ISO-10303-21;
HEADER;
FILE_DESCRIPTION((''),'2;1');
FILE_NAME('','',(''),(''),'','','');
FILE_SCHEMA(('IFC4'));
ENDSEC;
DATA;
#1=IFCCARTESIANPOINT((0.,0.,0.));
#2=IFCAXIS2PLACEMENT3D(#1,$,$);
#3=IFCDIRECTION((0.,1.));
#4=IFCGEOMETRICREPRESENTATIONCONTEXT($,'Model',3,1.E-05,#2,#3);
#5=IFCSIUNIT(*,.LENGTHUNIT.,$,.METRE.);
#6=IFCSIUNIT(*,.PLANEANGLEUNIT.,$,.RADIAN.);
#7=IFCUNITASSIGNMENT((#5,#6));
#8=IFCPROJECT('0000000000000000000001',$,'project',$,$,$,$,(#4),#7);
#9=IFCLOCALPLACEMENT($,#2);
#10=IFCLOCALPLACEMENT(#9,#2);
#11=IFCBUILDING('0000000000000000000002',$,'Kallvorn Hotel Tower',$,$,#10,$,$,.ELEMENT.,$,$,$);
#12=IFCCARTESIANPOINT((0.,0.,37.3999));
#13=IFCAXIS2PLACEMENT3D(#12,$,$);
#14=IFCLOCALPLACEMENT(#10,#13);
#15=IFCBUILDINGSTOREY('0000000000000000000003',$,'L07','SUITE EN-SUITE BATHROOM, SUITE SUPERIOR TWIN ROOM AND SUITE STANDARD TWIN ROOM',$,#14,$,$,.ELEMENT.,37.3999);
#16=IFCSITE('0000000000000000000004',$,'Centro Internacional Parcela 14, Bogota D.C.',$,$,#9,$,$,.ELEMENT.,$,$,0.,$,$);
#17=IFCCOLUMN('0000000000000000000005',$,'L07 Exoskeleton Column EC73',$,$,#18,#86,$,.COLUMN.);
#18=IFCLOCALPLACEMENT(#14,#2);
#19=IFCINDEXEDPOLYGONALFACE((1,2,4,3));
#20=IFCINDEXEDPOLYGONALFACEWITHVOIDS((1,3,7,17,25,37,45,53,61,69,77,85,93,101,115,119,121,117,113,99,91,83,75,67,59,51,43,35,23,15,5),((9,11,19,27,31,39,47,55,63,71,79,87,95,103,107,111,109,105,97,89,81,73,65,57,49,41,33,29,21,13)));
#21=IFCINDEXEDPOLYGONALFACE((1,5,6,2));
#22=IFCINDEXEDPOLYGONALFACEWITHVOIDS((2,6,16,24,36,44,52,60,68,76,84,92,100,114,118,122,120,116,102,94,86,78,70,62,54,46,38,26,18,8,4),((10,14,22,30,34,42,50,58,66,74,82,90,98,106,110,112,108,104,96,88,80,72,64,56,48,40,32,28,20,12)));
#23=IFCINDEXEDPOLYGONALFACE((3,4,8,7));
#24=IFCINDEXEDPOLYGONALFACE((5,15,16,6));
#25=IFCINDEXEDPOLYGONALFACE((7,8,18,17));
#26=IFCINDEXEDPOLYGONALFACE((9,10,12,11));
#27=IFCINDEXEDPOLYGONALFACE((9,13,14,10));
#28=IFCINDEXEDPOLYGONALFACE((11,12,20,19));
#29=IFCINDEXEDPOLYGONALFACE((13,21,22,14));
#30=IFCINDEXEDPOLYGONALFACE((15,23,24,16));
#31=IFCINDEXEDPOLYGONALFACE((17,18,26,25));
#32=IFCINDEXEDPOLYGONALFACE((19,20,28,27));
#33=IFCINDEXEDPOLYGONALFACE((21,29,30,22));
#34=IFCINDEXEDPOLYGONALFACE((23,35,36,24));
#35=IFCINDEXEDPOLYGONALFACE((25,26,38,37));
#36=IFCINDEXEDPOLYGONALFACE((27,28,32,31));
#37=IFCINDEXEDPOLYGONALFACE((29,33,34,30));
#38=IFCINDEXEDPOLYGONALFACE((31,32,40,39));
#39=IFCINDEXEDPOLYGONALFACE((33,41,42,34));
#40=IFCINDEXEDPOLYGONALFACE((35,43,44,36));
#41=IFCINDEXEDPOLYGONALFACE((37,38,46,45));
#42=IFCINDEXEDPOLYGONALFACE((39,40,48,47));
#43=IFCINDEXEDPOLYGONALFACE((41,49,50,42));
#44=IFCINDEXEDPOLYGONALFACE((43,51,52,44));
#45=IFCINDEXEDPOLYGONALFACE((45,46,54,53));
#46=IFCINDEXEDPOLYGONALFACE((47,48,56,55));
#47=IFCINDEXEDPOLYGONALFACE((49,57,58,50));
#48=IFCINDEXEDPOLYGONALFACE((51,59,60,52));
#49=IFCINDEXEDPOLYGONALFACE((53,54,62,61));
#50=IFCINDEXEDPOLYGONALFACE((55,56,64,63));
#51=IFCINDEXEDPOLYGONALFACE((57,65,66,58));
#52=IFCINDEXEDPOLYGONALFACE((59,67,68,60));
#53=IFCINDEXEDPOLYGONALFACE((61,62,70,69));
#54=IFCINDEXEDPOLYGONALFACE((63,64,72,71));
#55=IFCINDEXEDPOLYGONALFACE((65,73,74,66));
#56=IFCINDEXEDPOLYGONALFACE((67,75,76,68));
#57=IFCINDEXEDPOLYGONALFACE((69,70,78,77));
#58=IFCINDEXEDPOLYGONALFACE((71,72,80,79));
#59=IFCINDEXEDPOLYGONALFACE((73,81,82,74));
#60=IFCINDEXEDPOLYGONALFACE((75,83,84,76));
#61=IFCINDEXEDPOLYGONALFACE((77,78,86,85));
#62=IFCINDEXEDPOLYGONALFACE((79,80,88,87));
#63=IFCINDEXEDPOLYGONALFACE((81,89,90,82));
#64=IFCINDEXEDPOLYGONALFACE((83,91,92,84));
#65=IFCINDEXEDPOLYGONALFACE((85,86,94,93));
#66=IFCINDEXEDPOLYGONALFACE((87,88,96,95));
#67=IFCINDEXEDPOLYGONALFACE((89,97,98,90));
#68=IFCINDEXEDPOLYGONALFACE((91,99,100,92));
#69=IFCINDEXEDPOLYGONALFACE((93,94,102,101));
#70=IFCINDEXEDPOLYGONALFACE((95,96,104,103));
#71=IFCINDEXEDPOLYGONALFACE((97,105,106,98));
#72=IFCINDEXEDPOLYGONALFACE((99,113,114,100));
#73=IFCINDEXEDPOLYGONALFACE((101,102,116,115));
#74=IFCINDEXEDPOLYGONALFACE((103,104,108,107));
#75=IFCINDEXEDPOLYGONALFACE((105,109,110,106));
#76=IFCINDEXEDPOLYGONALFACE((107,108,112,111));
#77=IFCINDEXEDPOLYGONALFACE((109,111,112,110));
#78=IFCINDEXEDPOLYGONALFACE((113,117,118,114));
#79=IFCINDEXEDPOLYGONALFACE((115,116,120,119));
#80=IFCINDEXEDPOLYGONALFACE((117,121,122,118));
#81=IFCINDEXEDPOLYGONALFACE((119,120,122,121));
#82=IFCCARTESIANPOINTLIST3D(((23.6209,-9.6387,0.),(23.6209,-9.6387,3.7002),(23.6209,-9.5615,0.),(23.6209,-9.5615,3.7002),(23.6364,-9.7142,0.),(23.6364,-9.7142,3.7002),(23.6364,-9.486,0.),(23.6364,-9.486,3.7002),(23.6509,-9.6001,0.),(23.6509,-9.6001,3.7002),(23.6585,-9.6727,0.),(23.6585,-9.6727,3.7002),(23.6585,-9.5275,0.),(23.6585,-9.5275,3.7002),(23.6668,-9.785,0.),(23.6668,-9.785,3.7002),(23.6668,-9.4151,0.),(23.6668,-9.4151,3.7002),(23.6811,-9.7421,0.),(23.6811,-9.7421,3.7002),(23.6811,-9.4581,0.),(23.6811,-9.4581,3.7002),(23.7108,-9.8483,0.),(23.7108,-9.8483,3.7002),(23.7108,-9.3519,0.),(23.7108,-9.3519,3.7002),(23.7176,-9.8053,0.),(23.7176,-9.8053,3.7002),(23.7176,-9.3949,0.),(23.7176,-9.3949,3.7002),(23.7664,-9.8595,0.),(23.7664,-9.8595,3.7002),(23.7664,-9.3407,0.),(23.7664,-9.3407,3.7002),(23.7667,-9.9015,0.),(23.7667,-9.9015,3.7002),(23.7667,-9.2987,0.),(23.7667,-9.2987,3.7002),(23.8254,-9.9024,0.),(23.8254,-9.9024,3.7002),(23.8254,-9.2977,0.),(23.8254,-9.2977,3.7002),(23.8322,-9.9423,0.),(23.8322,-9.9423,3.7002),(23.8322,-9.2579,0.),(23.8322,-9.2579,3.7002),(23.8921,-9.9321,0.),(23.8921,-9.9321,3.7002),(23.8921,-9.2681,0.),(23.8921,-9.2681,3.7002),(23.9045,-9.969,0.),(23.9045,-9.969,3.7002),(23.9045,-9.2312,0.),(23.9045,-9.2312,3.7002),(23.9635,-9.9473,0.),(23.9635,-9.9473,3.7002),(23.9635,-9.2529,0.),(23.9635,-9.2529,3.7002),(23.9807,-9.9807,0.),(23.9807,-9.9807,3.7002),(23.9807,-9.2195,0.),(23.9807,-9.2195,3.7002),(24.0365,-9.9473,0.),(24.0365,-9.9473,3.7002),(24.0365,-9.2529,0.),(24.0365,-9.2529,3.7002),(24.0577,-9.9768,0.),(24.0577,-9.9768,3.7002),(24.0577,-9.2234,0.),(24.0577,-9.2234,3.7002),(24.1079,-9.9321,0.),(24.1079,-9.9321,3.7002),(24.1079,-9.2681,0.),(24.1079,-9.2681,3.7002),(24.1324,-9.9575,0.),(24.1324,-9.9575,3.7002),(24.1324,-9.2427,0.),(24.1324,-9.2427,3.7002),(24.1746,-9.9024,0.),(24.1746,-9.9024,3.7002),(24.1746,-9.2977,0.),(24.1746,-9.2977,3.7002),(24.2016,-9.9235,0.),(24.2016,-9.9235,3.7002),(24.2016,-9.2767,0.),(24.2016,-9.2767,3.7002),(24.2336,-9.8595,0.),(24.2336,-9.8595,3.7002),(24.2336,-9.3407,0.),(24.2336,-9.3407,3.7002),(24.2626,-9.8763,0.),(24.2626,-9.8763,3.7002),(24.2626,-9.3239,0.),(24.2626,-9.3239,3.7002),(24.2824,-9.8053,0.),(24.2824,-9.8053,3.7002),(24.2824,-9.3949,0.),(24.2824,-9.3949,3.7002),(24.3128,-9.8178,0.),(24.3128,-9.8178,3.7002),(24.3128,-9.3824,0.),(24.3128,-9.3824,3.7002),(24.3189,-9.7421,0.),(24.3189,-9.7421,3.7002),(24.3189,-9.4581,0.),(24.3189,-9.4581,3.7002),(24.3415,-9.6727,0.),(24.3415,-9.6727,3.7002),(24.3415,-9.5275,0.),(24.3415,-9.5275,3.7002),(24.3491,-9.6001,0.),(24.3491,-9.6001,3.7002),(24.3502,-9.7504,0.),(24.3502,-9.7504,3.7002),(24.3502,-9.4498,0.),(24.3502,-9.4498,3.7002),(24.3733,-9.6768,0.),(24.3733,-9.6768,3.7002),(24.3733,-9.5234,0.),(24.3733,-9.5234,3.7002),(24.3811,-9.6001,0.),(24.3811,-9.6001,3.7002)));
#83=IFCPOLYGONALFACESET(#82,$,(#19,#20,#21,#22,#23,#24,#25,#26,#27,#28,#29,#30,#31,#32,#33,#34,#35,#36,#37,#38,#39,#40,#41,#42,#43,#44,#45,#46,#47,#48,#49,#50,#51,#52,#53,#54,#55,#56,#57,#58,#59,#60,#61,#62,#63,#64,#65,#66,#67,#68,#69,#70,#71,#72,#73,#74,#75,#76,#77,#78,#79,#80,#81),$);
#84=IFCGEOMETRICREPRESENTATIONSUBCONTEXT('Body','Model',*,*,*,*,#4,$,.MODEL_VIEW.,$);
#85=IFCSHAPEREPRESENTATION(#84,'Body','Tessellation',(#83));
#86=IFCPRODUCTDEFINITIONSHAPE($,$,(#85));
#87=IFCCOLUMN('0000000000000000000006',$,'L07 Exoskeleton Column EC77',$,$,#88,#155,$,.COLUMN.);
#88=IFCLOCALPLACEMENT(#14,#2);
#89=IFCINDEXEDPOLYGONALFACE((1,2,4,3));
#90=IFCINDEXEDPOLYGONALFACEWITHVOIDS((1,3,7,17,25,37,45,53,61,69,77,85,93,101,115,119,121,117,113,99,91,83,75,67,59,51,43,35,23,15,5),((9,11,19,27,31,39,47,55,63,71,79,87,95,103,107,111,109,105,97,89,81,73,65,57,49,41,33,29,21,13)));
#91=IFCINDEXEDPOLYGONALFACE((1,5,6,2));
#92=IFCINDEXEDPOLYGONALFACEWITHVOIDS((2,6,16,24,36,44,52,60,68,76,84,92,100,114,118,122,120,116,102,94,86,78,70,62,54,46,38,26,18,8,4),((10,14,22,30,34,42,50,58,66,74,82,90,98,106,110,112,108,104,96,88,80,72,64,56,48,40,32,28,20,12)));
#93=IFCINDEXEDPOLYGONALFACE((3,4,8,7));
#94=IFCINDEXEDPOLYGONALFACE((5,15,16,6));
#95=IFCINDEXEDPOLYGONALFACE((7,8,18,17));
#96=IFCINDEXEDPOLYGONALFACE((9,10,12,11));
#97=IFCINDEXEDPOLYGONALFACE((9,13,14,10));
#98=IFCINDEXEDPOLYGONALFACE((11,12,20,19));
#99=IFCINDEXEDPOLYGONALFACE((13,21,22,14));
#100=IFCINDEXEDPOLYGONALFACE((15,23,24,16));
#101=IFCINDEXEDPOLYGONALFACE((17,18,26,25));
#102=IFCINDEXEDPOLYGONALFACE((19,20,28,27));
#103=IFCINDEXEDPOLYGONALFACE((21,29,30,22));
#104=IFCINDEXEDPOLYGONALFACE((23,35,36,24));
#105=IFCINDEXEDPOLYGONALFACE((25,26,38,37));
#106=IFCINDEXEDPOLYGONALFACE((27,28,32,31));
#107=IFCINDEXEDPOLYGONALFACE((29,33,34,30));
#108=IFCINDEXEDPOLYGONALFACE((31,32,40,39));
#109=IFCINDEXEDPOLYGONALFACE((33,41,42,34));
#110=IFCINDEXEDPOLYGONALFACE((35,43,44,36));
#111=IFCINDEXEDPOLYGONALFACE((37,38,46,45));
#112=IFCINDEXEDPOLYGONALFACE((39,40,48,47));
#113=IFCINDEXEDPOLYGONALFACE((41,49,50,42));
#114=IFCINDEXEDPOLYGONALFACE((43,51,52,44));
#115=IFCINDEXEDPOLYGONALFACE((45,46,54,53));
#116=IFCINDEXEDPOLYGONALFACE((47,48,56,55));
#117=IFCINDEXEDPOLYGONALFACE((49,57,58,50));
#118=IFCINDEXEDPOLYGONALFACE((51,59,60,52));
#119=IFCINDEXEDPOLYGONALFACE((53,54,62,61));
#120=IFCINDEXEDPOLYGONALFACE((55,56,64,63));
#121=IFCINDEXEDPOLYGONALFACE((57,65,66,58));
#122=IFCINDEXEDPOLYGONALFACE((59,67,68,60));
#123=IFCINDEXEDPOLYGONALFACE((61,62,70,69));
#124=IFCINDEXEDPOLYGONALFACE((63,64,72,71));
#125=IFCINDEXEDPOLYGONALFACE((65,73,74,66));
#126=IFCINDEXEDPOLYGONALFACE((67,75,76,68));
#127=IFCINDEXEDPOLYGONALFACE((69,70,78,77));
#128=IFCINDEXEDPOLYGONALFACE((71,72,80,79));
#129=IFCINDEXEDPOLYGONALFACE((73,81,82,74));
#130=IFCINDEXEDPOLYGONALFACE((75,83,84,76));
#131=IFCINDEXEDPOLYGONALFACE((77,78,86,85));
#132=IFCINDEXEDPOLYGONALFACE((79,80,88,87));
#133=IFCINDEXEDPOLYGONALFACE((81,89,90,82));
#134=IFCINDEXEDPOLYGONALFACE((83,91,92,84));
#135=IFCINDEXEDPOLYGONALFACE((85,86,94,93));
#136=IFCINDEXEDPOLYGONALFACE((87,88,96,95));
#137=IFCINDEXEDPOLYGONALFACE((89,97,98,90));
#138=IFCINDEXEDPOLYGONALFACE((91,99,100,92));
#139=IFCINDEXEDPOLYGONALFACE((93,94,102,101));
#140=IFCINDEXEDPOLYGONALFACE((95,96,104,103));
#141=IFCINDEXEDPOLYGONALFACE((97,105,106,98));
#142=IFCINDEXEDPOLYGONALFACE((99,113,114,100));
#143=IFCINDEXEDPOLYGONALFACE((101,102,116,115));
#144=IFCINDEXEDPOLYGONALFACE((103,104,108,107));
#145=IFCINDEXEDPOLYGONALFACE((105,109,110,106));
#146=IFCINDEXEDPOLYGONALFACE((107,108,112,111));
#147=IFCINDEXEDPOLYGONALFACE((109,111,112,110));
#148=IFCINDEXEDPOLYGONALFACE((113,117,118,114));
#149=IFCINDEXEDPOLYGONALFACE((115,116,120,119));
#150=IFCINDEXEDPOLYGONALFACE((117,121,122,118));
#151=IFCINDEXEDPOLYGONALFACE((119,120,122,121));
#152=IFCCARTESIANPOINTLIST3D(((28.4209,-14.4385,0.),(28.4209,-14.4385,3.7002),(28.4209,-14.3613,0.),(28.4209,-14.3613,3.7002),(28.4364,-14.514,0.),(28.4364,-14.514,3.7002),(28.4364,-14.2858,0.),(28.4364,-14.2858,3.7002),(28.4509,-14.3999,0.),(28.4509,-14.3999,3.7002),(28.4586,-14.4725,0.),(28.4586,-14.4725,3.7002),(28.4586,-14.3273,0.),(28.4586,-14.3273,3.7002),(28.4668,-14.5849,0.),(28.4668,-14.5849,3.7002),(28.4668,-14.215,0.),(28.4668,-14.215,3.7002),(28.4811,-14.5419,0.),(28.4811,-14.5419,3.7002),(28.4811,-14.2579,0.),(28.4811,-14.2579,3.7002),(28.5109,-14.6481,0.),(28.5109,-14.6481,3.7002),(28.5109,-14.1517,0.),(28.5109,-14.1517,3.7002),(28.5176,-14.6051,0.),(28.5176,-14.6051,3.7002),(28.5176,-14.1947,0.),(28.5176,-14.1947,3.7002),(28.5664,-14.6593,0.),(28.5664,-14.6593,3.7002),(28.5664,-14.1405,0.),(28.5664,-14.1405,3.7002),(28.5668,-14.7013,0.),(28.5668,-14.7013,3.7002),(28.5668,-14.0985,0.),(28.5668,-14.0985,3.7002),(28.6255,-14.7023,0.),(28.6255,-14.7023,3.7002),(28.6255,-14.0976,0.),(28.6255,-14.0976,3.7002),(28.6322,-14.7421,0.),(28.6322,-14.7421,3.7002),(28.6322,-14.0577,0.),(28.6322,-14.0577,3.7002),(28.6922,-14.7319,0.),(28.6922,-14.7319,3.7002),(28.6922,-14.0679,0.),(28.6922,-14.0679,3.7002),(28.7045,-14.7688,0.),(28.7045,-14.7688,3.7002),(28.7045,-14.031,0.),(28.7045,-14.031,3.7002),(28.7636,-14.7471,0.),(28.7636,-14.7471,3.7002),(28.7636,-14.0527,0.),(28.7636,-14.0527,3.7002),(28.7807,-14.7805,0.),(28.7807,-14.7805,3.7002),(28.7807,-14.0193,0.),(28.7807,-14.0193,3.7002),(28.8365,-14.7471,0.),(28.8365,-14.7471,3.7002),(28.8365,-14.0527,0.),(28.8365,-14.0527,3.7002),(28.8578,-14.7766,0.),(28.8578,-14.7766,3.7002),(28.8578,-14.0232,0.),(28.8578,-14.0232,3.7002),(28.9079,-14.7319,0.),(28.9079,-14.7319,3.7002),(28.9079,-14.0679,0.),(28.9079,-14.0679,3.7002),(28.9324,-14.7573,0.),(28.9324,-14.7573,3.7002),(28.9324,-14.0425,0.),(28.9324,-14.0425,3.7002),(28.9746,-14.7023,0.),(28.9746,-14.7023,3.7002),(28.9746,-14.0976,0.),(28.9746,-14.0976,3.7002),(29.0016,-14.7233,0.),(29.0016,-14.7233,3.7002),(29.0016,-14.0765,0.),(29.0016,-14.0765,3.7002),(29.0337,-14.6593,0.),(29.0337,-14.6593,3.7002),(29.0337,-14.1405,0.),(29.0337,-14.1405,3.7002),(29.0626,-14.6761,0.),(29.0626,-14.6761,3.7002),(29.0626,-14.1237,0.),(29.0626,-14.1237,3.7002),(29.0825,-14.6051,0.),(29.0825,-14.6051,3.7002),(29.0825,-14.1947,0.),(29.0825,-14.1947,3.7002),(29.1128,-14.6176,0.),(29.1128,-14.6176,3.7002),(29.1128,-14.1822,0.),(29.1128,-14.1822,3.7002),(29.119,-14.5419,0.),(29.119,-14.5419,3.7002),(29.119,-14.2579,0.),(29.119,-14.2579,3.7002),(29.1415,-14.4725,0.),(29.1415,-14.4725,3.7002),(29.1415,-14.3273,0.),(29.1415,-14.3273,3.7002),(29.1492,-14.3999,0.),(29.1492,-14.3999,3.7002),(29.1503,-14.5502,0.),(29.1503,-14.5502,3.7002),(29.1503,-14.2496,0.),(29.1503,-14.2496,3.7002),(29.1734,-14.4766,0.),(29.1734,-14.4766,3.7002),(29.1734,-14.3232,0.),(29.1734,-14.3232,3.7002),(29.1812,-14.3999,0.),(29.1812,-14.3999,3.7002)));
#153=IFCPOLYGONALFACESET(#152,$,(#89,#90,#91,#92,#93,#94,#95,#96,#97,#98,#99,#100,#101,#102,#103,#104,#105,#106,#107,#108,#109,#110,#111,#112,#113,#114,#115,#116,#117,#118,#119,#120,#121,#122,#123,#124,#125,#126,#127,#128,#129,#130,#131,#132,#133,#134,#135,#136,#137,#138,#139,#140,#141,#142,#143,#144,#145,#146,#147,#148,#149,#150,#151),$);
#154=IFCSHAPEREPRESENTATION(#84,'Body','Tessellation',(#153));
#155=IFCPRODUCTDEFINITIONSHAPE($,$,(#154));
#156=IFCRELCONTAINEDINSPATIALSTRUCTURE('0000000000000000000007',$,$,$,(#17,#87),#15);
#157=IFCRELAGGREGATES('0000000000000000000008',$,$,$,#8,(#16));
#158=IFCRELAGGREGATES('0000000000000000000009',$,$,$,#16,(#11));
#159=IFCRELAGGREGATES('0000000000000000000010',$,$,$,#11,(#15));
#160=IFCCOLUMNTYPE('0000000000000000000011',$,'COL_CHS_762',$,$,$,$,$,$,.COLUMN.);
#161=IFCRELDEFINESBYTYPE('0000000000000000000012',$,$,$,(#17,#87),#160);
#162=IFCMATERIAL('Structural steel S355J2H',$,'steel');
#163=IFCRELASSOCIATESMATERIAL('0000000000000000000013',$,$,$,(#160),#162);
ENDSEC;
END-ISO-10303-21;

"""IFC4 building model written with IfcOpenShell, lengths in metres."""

from ifc_helpers import new_model, si_unit, direction, frame, origin, origin_2d, place, context, subcontext, project, spatial, hollow_circle, extrude, material, material_profile, profile_set, type_object, element, save


model = new_model("IFC4")

# Units and contexts
model_context = context("Model", 3, precision=1e-05, world=origin(), true_north=direction((0.0, 1.0)))
body_context = subcontext(model_context, "Body", "Model", "MODEL_VIEW")
ifc_project = project(units=[si_unit("LENGTHUNIT", "METRE"), si_unit("PLANEANGLEUNIT", "RADIAN")], contexts=[model_context])

# Site, building, storey
site_placement = place(None, origin())
site = spatial("IfcSite", under=ifc_project, at=site_placement, Name="Centro Internacional Parcela 14, Bogota D.C.", CompositionType="ELEMENT", RefElevation=0.0)
building_placement = place(site_placement, origin())
building = spatial("IfcBuilding", under=site, at=building_placement, Name="Kallvorn Hotel Tower", CompositionType="ELEMENT")
storey_placement = place(building_placement, frame((0.0, 0.0, 37.3999)))
storey = spatial("IfcBuildingStorey", under=building, at=storey_placement, Name="L07", Description="SUITE EN-SUITE BATHROOM, SUITE SUPERIOR TWIN ROOM AND SUITE STANDARD TWIN ROOM", CompositionType="ELEMENT", Elevation=37.3999)

# Columns
ifc_material_1 = material(Name="Structural steel S355J2H", Category="steel")
ifc_material_profile_1 = material_profile(ifc_material_1, hollow_circle(Radius=0.3811, WallThickness=0.032, at=origin_2d()), Name="CHS 762x32")
ifc_profile_set_1 = profile_set([ifc_material_profile_1], Name="Structural steel S355J2H")
column_type_1 = type_object("IfcColumnType", Name="COL_CHS_762", PredefinedType="COLUMN", material=ifc_profile_set_1)
for number, where, z_axis, x_axis, name in (
    (1, (24.0, -9.6001, 0.0), (0.0, 0.0, 1.0), (1.0, 0.0, 0.0), "L07 Exoskeleton Column EC73"),
    (2, (28.8, -14.3999, 0.0), (0.0, 0.0, 1.0), (1.0, 0.0, 0.0), "L07 Exoskeleton Column EC77"),
):
    element("IfcColumn", number, at=place(storey_placement, frame(where, z_axis=z_axis, x_axis=x_axis)), inside=storey, type_object=column_type_1, Name=name, PredefinedType="COLUMN", context=body_context, shape_type="SweptSolid", body=[
        extrude(hollow_circle(Radius=0.3811, WallThickness=0.032, at=origin_2d()), origin(), (0.0, 0.0, 1.0), 3.7002),
    ])

save(model, "model.ifc")
